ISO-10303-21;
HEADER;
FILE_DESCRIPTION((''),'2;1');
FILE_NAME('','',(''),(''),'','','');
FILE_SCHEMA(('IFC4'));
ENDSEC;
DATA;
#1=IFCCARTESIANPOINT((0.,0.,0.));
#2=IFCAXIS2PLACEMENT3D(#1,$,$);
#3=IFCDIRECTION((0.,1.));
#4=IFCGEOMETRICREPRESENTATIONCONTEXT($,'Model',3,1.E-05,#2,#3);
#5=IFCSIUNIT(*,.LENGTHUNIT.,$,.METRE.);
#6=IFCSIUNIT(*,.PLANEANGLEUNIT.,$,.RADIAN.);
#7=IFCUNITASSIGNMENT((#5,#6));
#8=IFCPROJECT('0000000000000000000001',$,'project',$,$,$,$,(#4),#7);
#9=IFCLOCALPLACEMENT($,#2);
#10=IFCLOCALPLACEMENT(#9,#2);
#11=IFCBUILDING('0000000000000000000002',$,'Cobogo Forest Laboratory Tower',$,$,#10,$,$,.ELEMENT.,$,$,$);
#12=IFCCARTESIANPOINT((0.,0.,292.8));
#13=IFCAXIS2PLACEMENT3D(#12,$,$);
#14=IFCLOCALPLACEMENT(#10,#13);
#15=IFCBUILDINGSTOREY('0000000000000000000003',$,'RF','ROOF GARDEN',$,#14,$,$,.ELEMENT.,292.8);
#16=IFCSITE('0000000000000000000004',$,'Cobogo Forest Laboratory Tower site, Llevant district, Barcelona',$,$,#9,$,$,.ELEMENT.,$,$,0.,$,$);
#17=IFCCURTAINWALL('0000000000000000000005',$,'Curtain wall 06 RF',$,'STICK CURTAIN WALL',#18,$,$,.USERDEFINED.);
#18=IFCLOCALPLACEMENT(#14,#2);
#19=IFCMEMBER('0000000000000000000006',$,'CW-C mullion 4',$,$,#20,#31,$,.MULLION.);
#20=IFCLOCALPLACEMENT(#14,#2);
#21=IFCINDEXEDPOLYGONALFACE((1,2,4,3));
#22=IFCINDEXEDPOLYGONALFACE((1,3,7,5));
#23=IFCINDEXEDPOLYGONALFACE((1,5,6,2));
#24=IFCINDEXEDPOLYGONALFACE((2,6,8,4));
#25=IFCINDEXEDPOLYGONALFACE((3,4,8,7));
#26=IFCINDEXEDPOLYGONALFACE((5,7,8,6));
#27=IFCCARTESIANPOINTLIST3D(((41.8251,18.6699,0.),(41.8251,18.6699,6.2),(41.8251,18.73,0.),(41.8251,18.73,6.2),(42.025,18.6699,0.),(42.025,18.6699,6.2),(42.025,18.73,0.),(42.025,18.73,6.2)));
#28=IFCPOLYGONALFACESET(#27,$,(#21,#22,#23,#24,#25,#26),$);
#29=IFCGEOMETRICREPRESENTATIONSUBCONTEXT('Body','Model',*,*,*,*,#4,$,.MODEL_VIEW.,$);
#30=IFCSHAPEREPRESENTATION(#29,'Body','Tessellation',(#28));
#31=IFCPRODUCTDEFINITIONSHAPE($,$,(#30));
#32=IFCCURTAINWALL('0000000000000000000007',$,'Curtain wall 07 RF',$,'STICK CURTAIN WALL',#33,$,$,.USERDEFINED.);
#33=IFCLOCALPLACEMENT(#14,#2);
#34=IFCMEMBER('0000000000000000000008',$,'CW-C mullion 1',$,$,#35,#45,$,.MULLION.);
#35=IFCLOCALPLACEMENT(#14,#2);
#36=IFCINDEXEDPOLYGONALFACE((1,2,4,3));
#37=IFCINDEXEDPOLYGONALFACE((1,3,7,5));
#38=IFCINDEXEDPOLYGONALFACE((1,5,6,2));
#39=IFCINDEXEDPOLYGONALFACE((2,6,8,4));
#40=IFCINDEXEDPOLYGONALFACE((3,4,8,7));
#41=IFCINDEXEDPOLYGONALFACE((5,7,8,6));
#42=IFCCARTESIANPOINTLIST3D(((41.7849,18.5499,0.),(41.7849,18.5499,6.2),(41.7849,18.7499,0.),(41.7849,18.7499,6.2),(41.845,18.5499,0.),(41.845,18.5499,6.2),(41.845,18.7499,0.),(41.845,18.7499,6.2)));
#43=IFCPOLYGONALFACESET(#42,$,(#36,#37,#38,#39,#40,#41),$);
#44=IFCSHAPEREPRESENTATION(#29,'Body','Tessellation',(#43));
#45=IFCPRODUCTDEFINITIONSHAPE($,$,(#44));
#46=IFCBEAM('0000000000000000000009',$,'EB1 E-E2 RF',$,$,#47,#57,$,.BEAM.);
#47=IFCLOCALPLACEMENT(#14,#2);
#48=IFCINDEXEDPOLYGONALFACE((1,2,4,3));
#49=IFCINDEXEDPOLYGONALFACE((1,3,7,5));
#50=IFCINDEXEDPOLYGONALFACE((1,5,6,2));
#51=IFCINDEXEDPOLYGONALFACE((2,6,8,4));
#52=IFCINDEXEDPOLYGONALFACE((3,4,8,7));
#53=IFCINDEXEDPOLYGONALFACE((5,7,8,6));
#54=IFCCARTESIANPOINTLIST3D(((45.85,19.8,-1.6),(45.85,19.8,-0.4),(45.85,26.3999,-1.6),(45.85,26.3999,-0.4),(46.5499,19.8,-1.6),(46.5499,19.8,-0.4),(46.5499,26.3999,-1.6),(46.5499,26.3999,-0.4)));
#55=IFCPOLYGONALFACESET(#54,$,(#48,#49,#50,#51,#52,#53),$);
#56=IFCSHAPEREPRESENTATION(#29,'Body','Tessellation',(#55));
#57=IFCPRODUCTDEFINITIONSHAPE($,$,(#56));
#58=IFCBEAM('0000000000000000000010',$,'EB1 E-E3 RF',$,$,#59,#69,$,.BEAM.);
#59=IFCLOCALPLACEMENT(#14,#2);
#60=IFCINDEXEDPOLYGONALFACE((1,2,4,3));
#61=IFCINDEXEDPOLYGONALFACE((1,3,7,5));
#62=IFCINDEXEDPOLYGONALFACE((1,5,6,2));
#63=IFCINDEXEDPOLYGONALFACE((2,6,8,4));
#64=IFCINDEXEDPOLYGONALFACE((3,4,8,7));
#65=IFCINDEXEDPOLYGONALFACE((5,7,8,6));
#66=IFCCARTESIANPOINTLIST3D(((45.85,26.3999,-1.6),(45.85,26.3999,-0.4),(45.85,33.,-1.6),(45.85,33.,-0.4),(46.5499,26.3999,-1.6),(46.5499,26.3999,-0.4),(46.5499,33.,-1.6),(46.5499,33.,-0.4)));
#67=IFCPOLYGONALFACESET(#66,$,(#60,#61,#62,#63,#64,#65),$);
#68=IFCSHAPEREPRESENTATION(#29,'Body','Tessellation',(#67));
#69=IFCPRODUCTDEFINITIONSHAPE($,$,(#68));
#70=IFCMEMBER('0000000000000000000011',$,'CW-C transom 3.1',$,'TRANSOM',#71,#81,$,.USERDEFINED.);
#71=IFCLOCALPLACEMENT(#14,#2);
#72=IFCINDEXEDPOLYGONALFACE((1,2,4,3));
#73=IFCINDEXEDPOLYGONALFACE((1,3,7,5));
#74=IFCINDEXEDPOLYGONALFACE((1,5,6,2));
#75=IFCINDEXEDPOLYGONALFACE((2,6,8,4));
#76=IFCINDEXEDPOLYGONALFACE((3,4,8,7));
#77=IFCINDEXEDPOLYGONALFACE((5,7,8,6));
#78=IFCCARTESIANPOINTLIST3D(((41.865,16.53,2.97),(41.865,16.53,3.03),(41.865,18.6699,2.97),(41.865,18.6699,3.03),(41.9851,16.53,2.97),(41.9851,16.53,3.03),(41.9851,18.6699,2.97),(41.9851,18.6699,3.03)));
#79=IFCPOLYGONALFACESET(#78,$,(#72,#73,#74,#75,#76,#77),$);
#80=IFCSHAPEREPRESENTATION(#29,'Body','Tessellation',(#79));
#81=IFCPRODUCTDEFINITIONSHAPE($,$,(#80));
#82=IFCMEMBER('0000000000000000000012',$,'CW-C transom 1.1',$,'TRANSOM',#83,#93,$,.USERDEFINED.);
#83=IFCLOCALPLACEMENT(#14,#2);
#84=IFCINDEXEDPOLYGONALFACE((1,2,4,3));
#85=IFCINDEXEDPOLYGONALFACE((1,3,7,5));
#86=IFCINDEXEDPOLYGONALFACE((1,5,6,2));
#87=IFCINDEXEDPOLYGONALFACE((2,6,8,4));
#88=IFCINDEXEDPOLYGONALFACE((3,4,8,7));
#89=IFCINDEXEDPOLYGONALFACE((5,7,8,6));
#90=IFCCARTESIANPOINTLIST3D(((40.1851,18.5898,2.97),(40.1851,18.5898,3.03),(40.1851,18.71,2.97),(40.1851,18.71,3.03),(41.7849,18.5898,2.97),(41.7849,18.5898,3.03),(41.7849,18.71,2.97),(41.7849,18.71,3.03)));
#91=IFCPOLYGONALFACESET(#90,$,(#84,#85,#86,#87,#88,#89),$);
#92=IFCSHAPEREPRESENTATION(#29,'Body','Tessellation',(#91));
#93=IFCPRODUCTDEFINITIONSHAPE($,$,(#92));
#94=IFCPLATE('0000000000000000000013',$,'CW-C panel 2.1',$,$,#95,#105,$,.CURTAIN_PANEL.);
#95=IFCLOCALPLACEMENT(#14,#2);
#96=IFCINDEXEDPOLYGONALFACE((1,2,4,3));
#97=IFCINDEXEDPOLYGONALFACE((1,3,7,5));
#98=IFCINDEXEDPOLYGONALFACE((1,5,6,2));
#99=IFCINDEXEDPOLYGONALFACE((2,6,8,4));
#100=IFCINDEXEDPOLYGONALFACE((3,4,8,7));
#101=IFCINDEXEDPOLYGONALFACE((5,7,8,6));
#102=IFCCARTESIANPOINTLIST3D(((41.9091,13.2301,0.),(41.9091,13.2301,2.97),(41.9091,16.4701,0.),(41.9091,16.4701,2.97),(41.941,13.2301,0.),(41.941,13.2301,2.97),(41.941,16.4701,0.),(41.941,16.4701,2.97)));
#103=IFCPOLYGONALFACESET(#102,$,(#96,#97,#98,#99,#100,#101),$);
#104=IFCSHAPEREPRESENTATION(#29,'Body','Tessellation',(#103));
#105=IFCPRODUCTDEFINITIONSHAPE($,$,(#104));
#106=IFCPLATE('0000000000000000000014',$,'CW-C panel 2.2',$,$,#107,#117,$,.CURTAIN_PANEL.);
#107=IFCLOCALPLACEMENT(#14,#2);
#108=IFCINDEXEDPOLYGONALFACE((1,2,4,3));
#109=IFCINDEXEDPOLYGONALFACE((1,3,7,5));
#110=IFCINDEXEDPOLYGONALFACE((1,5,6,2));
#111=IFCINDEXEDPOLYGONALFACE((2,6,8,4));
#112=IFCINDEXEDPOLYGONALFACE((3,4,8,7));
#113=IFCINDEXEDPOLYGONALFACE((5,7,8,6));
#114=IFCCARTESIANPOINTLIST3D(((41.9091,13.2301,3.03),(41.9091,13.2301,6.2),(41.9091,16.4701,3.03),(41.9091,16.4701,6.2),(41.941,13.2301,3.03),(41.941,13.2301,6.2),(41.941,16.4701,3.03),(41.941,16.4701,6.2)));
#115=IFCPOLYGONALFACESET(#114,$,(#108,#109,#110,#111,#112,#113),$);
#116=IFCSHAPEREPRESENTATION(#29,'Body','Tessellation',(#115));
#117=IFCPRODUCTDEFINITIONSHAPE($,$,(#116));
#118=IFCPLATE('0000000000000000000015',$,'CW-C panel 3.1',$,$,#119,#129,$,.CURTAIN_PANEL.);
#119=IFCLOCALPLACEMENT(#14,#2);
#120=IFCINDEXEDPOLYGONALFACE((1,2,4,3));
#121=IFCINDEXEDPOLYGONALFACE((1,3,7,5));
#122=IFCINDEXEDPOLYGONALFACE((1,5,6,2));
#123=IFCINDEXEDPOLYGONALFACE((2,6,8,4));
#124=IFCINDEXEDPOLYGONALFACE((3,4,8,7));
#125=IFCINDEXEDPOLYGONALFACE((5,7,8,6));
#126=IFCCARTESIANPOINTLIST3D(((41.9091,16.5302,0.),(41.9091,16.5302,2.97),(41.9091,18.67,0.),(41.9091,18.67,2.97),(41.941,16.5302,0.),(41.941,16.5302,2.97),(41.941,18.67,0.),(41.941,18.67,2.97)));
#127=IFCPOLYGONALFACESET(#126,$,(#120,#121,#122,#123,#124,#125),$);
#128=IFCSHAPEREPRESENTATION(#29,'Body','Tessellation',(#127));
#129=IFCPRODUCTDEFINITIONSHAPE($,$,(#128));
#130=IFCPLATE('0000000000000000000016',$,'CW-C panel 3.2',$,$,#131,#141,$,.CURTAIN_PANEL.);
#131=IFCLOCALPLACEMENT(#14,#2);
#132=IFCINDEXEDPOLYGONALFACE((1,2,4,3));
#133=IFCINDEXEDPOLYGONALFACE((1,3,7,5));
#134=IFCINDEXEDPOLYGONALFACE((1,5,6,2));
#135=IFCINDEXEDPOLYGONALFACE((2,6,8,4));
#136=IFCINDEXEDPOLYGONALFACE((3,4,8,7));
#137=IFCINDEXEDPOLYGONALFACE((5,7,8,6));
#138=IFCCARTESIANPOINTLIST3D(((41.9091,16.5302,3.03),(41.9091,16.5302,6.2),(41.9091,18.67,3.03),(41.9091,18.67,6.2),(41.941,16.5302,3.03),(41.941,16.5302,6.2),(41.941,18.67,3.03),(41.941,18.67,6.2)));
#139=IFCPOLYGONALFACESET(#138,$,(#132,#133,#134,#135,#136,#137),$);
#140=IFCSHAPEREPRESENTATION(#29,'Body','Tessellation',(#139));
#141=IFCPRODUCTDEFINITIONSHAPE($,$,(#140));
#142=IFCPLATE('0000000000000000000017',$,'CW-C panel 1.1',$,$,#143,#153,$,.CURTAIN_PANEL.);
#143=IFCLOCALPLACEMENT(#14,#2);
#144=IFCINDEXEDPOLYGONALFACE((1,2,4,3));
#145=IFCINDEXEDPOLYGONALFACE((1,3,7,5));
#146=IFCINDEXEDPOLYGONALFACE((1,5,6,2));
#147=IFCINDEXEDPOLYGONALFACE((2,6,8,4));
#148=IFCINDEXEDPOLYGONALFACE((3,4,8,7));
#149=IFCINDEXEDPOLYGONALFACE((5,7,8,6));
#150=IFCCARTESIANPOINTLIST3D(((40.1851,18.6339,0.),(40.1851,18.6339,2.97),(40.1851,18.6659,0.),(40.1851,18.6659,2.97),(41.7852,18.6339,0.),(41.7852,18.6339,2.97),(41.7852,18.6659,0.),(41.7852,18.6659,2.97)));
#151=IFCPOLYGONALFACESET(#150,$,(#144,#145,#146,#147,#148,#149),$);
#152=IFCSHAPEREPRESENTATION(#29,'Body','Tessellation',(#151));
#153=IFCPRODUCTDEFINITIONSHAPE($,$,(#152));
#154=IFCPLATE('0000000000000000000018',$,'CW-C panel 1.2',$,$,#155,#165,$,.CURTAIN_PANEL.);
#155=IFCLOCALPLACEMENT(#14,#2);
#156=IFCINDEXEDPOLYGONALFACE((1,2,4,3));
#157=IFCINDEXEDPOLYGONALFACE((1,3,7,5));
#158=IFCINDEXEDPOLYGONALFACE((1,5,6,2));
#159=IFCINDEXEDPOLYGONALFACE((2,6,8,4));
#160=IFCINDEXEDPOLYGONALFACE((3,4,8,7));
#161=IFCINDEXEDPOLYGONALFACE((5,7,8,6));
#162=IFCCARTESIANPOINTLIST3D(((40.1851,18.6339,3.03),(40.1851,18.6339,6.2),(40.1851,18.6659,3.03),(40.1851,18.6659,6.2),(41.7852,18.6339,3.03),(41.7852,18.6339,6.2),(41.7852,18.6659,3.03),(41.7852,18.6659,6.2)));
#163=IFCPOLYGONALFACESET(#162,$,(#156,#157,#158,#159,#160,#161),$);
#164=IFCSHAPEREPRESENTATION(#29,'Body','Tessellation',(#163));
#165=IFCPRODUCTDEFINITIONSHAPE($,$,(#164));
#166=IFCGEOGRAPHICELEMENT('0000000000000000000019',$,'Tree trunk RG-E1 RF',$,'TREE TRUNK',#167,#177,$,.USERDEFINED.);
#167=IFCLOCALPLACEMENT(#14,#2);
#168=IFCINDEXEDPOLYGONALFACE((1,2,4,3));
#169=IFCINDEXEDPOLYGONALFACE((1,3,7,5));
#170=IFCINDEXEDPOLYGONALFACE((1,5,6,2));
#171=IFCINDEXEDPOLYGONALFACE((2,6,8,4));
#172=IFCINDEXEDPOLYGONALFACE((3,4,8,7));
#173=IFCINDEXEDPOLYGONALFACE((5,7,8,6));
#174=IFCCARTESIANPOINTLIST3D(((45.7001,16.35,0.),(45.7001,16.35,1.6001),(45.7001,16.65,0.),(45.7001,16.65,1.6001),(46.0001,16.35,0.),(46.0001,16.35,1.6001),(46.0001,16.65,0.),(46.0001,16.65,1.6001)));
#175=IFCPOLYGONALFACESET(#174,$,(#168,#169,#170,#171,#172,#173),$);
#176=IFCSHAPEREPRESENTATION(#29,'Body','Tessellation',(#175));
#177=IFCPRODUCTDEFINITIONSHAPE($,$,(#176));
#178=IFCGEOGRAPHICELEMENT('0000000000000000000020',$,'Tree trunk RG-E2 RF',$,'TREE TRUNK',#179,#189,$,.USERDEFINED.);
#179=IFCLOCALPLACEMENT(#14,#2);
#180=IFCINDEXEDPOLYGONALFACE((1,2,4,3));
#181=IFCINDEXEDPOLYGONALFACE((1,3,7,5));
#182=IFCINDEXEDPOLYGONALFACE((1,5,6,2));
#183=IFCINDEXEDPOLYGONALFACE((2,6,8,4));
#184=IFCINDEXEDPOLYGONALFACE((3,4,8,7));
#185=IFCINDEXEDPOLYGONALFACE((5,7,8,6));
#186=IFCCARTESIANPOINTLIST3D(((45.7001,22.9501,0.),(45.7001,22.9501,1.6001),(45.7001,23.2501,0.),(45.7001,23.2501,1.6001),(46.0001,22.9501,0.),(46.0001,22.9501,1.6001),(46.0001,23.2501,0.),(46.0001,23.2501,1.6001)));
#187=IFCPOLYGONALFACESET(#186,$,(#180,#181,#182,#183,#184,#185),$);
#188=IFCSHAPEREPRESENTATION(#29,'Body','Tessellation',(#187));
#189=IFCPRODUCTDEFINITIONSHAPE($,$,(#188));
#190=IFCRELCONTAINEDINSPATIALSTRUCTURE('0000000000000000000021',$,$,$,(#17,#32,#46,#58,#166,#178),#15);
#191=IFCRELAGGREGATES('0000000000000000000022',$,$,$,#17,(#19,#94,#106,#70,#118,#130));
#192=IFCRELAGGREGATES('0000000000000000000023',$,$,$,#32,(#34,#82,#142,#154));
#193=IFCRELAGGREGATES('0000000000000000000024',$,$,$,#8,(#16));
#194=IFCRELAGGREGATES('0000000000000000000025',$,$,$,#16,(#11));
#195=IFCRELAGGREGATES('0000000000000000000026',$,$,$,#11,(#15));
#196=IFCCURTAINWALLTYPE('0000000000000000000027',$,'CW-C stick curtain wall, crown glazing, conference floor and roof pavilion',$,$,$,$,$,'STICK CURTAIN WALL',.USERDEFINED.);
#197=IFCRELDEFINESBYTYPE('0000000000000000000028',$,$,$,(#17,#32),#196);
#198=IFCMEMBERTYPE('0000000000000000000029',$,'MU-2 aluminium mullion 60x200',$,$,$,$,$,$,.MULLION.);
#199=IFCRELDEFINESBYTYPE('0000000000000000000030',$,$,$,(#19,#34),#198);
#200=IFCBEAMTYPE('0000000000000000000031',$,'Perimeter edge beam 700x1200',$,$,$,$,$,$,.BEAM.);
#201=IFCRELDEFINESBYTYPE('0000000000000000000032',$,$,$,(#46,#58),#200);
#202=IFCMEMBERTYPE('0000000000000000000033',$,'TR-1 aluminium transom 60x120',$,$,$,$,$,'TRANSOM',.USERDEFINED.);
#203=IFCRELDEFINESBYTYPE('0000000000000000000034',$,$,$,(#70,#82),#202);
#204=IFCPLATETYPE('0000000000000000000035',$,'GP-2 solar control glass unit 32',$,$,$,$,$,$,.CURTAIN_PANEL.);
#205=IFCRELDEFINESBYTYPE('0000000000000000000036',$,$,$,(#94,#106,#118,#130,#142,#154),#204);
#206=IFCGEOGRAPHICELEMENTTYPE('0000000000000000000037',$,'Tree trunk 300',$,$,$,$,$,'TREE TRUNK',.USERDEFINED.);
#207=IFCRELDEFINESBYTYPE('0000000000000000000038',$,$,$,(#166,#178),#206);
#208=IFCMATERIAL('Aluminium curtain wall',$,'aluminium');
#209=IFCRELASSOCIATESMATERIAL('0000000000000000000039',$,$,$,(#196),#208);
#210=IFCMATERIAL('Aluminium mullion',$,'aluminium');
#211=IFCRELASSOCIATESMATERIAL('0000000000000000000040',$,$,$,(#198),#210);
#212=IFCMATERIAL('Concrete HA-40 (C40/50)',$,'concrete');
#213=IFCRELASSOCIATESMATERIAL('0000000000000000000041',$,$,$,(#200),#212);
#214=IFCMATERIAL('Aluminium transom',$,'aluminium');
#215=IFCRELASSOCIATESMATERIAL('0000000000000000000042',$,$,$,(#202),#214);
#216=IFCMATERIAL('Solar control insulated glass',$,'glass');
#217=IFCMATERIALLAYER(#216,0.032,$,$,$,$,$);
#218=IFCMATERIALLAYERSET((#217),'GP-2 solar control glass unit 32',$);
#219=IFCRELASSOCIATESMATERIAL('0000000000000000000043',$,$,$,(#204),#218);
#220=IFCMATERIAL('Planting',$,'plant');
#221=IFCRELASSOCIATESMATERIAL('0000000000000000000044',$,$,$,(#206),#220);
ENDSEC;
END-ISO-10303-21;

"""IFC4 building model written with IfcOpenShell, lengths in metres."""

from ifc_helpers import new_model, si_unit, direction, frame, origin, origin_2d, place, context, subcontext, project, spatial, rectangle, extrude, material, layer, layer_set, material_profile, profile_set, type_object, element, aggregate, save


model = new_model("IFC4")

# Units and contexts
model_context = context("Model", 3, precision=1e-05, world=origin(), true_north=direction((0.0, 1.0)))
body_context = subcontext(model_context, "Body", "Model", "MODEL_VIEW")
ifc_project = project(units=[si_unit("LENGTHUNIT", "METRE"), si_unit("PLANEANGLEUNIT", "RADIAN")], contexts=[model_context])

# Site, building, storey
site_placement = place(None, origin())
site = spatial("IfcSite", under=ifc_project, at=site_placement, Name="Cobogo Forest Laboratory Tower site, Llevant district, Barcelona", CompositionType="ELEMENT", RefElevation=0.0)
building_placement = place(site_placement, origin())
building = spatial("IfcBuilding", under=site, at=building_placement, Name="Cobogo Forest Laboratory Tower", CompositionType="ELEMENT")
storey_placement = place(building_placement, frame((0.0, 0.0, 292.8)))
storey = spatial("IfcBuildingStorey", under=building, at=storey_placement, Name="RF", Description="ROOF GARDEN", CompositionType="ELEMENT", Elevation=292.8)

# Curtain wall, member
ifc_material_1 = material(Name="Aluminium curtain wall", Category="aluminium")
curtain_wall_type = type_object("IfcCurtainWallType", Name="CW-C stick curtain wall, crown glazing, conference floor and roof pavilion", ElementType="STICK CURTAIN WALL", PredefinedType="USERDEFINED", material=ifc_material_1)
curtain_wall_1_placement = place(storey_placement, origin())
curtain_wall_1 = element("IfcCurtainWall", 1, at=curtain_wall_1_placement, inside=storey, type_object=curtain_wall_type, Name="Curtain wall 06 RF", ObjectType="STICK CURTAIN WALL", PredefinedType="USERDEFINED")
ifc_material_2 = material(Name="Aluminium mullion", Category="aluminium")
ifc_material_profile_1 = material_profile(ifc_material_2, rectangle(XDim=0.0601, YDim=0.2, at=origin_2d()), Name="AL 60x200")
ifc_profile_set_1 = profile_set([ifc_material_profile_1], Name="Aluminium mullion")
member_type_1 = type_object("IfcMemberType", Name="MU-2 aluminium mullion 60x200", PredefinedType="MULLION", material=ifc_profile_set_1)
member_1_placement = place(storey_placement, frame((41.925, 18.7, 0.0), z_axis=(0.0, 0.0, 1.0), x_axis=(0.0, 1.0, 0.0)))
member_1 = element("IfcMember", 2, at=member_1_placement, type_object=member_type_1, Name="CW-C mullion 4", PredefinedType="MULLION", context=body_context, shape_type="SweptSolid", body=[
    extrude(rectangle(XDim=0.0601, YDim=0.2, at=origin_2d()), origin(), (0.0, 0.0, 1.0), 6.2),
])

# Curtain wall, member
curtain_wall_2_placement = place(storey_placement, origin())
curtain_wall_2 = element("IfcCurtainWall", 3, at=curtain_wall_2_placement, inside=storey, type_object=curtain_wall_type, Name="Curtain wall 07 RF", ObjectType="STICK CURTAIN WALL", PredefinedType="USERDEFINED")
member_2_placement = place(storey_placement, frame((41.8149, 18.6499, 0.0), z_axis=(0.0, 0.0, 1.0), x_axis=(-1.0, 0.0, 0.0)))
member_2 = element("IfcMember", 4, at=member_2_placement, type_object=member_type_1, Name="CW-C mullion 1", PredefinedType="MULLION", context=body_context, shape_type="SweptSolid", body=[
    extrude(rectangle(XDim=0.0601, YDim=0.2, at=origin_2d()), origin(), (0.0, 0.0, 1.0), 6.2),
])

# Beams
ifc_material_3 = material(Name="Concrete HA-40 (C40/50)", Category="concrete")
ifc_material_profile_2 = material_profile(ifc_material_3, rectangle(XDim=0.7, YDim=1.2, at=origin_2d()), Name="RC 700x1200")
ifc_profile_set_2 = profile_set([ifc_material_profile_2], Name="Concrete HA-40 (C40/50)")
beam_type_1 = type_object("IfcBeamType", Name="Perimeter edge beam 700x1200", PredefinedType="BEAM", material=ifc_profile_set_2)
beam_1_placement = place(storey_placement, frame((46.2, 19.8, -1.0), z_axis=(0.0, 1.0, 0.0), x_axis=(-1.0, 0.0, 0.0)))
element("IfcBeam", 5, at=beam_1_placement, inside=storey, type_object=beam_type_1, Name="EB1 E-E2 RF", PredefinedType="BEAM", context=body_context, shape_type="SweptSolid", body=[
    extrude(rectangle(XDim=0.7, YDim=1.2, at=origin_2d()), origin(), (0.0, 0.0, 1.0), 6.5999),
])
beam_2_placement = place(storey_placement, frame((46.2, 26.3999, -1.0), z_axis=(0.0, 1.0, 0.0), x_axis=(-1.0, 0.0, 0.0)))
element("IfcBeam", 6, at=beam_2_placement, inside=storey, type_object=beam_type_1, Name="EB1 E-E3 RF", PredefinedType="BEAM", context=body_context, shape_type="SweptSolid", body=[
    extrude(rectangle(XDim=0.7, YDim=1.2, at=origin_2d()), origin(), (0.0, 0.0, 1.0), 6.6001),
])

# Members
ifc_material_4 = material(Name="Aluminium transom", Category="aluminium")
ifc_material_profile_3 = material_profile(ifc_material_4, rectangle(XDim=0.1201, YDim=0.0601, at=origin_2d()), Name="AL 60x120")
ifc_profile_set_3 = profile_set([ifc_material_profile_3], Name="Aluminium transom")
member_type_2 = type_object("IfcMemberType", Name="TR-1 aluminium transom 60x120", ElementType="TRANSOM", PredefinedType="USERDEFINED", material=ifc_profile_set_3)
member_3_placement = place(storey_placement, frame((41.925, 16.53, 3.0), z_axis=(0.0, 1.0, 0.0), x_axis=(-1.0, 0.0, 0.0)))
member_3 = element("IfcMember", 7, at=member_3_placement, type_object=member_type_2, Name="CW-C transom 3.1", ObjectType="TRANSOM", PredefinedType="USERDEFINED", context=body_context, shape_type="SweptSolid", body=[
    extrude(rectangle(XDim=0.1201, YDim=0.0601, at=origin_2d()), origin(), (0.0, 0.0, 1.0), 2.1399),
])
member_4_placement = place(storey_placement, frame((41.7849, 18.6499, 3.0), z_axis=(-1.0, 0.0, 0.0), x_axis=(0.0, -1.0, 0.0)))
member_4 = element("IfcMember", 8, at=member_4_placement, type_object=member_type_2, Name="CW-C transom 1.1", ObjectType="TRANSOM", PredefinedType="USERDEFINED", context=body_context, shape_type="SweptSolid", body=[
    extrude(rectangle(XDim=0.1201, YDim=0.0601, at=origin_2d()), origin(), (0.0, 0.0, 1.0), 1.5999),
])

# Plates
ifc_material_5 = material(Name="Solar control insulated glass", Category="glass")
ifc_layer = layer(ifc_material_5, 0.032)
ifc_layer_set = layer_set([ifc_layer], Name="GP-2 solar control glass unit 32")
plate_type = type_object("IfcPlateType", Name="GP-2 solar control glass unit 32", PredefinedType="CURTAIN_PANEL", material=ifc_layer_set)
plate_1_placement = place(storey_placement, frame((41.925, 14.8501, 0.0), z_axis=(0.0, 0.0, 1.0), x_axis=(0.0, 1.0, 0.0)))
plate_1 = element("IfcPlate", 9, at=plate_1_placement, type_object=plate_type, Name="CW-C panel 2.1", PredefinedType="CURTAIN_PANEL", context=body_context, shape_type="SweptSolid", body=[
    extrude(rectangle(XDim=3.24, YDim=0.032, at=origin_2d()), origin(), (0.0, 0.0, 1.0), 2.97),
])
plate_2_placement = place(storey_placement, frame((41.925, 14.8501, 3.03), z_axis=(0.0, 0.0, 1.0), x_axis=(0.0, 1.0, 0.0)))
plate_2 = element("IfcPlate", 10, at=plate_2_placement, type_object=plate_type, Name="CW-C panel 2.2", PredefinedType="CURTAIN_PANEL", context=body_context, shape_type="SweptSolid", body=[
    extrude(rectangle(XDim=3.24, YDim=0.032, at=origin_2d()), origin(), (0.0, 0.0, 1.0), 3.1699),
])
plate_3_placement = place(storey_placement, frame((41.925, 17.6001, 0.0), z_axis=(0.0, 0.0, 1.0), x_axis=(0.0, 1.0, 0.0)))
plate_3 = element("IfcPlate", 11, at=plate_3_placement, type_object=plate_type, Name="CW-C panel 3.1", PredefinedType="CURTAIN_PANEL", context=body_context, shape_type="SweptSolid", body=[
    extrude(rectangle(XDim=2.1399, YDim=0.032, at=origin_2d()), origin(), (0.0, 0.0, 1.0), 2.97),
])
plate_4_placement = place(storey_placement, frame((41.925, 17.6001, 3.03), z_axis=(0.0, 0.0, 1.0), x_axis=(0.0, 1.0, 0.0)))
plate_4 = element("IfcPlate", 12, at=plate_4_placement, type_object=plate_type, Name="CW-C panel 3.2", PredefinedType="CURTAIN_PANEL", context=body_context, shape_type="SweptSolid", body=[
    extrude(rectangle(XDim=2.1399, YDim=0.032, at=origin_2d()), origin(), (0.0, 0.0, 1.0), 3.1699),
])
aggregate(curtain_wall_1, [member_1, plate_1, plate_2, member_3, plate_3, plate_4])
plate_5_placement = place(storey_placement, frame((40.9851, 18.6499, 0.0), z_axis=(0.0, 0.0, 1.0), x_axis=(-1.0, 0.0, 0.0)))
plate_5 = element("IfcPlate", 13, at=plate_5_placement, type_object=plate_type, Name="CW-C panel 1.1", PredefinedType="CURTAIN_PANEL", context=body_context, shape_type="SweptSolid", body=[
    extrude(rectangle(XDim=1.6001, YDim=0.032, at=origin_2d()), origin(), (0.0, 0.0, 1.0), 2.97),
])
plate_6_placement = place(storey_placement, frame((40.9851, 18.6499, 3.03), z_axis=(0.0, 0.0, 1.0), x_axis=(-1.0, 0.0, 0.0)))
plate_6 = element("IfcPlate", 14, at=plate_6_placement, type_object=plate_type, Name="CW-C panel 1.2", PredefinedType="CURTAIN_PANEL", context=body_context, shape_type="SweptSolid", body=[
    extrude(rectangle(XDim=1.6001, YDim=0.032, at=origin_2d()), origin(), (0.0, 0.0, 1.0), 3.1699),
])
aggregate(curtain_wall_2, [member_2, member_4, plate_5, plate_6])

# Geographic elements
ifc_material_6 = material(Name="Planting", Category="plant")
geographic_element_type = type_object("IfcGeographicElementType", Name="Tree trunk 300", ElementType="TREE TRUNK", PredefinedType="USERDEFINED", material=ifc_material_6)
for number, where, z_axis, x_axis, name in (
    (15, (45.8501, 16.5, 0.0), (0.0, 0.0, 1.0), (1.0, 0.0, 0.0), "Tree trunk RG-E1 RF"),
    (16, (45.8501, 23.1001, 0.0), (0.0, 0.0, 1.0), (1.0, 0.0, 0.0), "Tree trunk RG-E2 RF"),
):
    element("IfcGeographicElement", number, at=place(storey_placement, frame(where, z_axis=z_axis, x_axis=x_axis)), inside=storey, type_object=geographic_element_type, Name=name, ObjectType="TREE TRUNK", PredefinedType="USERDEFINED", context=body_context, shape_type="SweptSolid", body=[
        extrude(rectangle(XDim=0.3, YDim=0.3, at=origin_2d()), origin(), (0.0, 0.0, 1.0), 1.6001),
    ])

save(model, "model.ifc")
